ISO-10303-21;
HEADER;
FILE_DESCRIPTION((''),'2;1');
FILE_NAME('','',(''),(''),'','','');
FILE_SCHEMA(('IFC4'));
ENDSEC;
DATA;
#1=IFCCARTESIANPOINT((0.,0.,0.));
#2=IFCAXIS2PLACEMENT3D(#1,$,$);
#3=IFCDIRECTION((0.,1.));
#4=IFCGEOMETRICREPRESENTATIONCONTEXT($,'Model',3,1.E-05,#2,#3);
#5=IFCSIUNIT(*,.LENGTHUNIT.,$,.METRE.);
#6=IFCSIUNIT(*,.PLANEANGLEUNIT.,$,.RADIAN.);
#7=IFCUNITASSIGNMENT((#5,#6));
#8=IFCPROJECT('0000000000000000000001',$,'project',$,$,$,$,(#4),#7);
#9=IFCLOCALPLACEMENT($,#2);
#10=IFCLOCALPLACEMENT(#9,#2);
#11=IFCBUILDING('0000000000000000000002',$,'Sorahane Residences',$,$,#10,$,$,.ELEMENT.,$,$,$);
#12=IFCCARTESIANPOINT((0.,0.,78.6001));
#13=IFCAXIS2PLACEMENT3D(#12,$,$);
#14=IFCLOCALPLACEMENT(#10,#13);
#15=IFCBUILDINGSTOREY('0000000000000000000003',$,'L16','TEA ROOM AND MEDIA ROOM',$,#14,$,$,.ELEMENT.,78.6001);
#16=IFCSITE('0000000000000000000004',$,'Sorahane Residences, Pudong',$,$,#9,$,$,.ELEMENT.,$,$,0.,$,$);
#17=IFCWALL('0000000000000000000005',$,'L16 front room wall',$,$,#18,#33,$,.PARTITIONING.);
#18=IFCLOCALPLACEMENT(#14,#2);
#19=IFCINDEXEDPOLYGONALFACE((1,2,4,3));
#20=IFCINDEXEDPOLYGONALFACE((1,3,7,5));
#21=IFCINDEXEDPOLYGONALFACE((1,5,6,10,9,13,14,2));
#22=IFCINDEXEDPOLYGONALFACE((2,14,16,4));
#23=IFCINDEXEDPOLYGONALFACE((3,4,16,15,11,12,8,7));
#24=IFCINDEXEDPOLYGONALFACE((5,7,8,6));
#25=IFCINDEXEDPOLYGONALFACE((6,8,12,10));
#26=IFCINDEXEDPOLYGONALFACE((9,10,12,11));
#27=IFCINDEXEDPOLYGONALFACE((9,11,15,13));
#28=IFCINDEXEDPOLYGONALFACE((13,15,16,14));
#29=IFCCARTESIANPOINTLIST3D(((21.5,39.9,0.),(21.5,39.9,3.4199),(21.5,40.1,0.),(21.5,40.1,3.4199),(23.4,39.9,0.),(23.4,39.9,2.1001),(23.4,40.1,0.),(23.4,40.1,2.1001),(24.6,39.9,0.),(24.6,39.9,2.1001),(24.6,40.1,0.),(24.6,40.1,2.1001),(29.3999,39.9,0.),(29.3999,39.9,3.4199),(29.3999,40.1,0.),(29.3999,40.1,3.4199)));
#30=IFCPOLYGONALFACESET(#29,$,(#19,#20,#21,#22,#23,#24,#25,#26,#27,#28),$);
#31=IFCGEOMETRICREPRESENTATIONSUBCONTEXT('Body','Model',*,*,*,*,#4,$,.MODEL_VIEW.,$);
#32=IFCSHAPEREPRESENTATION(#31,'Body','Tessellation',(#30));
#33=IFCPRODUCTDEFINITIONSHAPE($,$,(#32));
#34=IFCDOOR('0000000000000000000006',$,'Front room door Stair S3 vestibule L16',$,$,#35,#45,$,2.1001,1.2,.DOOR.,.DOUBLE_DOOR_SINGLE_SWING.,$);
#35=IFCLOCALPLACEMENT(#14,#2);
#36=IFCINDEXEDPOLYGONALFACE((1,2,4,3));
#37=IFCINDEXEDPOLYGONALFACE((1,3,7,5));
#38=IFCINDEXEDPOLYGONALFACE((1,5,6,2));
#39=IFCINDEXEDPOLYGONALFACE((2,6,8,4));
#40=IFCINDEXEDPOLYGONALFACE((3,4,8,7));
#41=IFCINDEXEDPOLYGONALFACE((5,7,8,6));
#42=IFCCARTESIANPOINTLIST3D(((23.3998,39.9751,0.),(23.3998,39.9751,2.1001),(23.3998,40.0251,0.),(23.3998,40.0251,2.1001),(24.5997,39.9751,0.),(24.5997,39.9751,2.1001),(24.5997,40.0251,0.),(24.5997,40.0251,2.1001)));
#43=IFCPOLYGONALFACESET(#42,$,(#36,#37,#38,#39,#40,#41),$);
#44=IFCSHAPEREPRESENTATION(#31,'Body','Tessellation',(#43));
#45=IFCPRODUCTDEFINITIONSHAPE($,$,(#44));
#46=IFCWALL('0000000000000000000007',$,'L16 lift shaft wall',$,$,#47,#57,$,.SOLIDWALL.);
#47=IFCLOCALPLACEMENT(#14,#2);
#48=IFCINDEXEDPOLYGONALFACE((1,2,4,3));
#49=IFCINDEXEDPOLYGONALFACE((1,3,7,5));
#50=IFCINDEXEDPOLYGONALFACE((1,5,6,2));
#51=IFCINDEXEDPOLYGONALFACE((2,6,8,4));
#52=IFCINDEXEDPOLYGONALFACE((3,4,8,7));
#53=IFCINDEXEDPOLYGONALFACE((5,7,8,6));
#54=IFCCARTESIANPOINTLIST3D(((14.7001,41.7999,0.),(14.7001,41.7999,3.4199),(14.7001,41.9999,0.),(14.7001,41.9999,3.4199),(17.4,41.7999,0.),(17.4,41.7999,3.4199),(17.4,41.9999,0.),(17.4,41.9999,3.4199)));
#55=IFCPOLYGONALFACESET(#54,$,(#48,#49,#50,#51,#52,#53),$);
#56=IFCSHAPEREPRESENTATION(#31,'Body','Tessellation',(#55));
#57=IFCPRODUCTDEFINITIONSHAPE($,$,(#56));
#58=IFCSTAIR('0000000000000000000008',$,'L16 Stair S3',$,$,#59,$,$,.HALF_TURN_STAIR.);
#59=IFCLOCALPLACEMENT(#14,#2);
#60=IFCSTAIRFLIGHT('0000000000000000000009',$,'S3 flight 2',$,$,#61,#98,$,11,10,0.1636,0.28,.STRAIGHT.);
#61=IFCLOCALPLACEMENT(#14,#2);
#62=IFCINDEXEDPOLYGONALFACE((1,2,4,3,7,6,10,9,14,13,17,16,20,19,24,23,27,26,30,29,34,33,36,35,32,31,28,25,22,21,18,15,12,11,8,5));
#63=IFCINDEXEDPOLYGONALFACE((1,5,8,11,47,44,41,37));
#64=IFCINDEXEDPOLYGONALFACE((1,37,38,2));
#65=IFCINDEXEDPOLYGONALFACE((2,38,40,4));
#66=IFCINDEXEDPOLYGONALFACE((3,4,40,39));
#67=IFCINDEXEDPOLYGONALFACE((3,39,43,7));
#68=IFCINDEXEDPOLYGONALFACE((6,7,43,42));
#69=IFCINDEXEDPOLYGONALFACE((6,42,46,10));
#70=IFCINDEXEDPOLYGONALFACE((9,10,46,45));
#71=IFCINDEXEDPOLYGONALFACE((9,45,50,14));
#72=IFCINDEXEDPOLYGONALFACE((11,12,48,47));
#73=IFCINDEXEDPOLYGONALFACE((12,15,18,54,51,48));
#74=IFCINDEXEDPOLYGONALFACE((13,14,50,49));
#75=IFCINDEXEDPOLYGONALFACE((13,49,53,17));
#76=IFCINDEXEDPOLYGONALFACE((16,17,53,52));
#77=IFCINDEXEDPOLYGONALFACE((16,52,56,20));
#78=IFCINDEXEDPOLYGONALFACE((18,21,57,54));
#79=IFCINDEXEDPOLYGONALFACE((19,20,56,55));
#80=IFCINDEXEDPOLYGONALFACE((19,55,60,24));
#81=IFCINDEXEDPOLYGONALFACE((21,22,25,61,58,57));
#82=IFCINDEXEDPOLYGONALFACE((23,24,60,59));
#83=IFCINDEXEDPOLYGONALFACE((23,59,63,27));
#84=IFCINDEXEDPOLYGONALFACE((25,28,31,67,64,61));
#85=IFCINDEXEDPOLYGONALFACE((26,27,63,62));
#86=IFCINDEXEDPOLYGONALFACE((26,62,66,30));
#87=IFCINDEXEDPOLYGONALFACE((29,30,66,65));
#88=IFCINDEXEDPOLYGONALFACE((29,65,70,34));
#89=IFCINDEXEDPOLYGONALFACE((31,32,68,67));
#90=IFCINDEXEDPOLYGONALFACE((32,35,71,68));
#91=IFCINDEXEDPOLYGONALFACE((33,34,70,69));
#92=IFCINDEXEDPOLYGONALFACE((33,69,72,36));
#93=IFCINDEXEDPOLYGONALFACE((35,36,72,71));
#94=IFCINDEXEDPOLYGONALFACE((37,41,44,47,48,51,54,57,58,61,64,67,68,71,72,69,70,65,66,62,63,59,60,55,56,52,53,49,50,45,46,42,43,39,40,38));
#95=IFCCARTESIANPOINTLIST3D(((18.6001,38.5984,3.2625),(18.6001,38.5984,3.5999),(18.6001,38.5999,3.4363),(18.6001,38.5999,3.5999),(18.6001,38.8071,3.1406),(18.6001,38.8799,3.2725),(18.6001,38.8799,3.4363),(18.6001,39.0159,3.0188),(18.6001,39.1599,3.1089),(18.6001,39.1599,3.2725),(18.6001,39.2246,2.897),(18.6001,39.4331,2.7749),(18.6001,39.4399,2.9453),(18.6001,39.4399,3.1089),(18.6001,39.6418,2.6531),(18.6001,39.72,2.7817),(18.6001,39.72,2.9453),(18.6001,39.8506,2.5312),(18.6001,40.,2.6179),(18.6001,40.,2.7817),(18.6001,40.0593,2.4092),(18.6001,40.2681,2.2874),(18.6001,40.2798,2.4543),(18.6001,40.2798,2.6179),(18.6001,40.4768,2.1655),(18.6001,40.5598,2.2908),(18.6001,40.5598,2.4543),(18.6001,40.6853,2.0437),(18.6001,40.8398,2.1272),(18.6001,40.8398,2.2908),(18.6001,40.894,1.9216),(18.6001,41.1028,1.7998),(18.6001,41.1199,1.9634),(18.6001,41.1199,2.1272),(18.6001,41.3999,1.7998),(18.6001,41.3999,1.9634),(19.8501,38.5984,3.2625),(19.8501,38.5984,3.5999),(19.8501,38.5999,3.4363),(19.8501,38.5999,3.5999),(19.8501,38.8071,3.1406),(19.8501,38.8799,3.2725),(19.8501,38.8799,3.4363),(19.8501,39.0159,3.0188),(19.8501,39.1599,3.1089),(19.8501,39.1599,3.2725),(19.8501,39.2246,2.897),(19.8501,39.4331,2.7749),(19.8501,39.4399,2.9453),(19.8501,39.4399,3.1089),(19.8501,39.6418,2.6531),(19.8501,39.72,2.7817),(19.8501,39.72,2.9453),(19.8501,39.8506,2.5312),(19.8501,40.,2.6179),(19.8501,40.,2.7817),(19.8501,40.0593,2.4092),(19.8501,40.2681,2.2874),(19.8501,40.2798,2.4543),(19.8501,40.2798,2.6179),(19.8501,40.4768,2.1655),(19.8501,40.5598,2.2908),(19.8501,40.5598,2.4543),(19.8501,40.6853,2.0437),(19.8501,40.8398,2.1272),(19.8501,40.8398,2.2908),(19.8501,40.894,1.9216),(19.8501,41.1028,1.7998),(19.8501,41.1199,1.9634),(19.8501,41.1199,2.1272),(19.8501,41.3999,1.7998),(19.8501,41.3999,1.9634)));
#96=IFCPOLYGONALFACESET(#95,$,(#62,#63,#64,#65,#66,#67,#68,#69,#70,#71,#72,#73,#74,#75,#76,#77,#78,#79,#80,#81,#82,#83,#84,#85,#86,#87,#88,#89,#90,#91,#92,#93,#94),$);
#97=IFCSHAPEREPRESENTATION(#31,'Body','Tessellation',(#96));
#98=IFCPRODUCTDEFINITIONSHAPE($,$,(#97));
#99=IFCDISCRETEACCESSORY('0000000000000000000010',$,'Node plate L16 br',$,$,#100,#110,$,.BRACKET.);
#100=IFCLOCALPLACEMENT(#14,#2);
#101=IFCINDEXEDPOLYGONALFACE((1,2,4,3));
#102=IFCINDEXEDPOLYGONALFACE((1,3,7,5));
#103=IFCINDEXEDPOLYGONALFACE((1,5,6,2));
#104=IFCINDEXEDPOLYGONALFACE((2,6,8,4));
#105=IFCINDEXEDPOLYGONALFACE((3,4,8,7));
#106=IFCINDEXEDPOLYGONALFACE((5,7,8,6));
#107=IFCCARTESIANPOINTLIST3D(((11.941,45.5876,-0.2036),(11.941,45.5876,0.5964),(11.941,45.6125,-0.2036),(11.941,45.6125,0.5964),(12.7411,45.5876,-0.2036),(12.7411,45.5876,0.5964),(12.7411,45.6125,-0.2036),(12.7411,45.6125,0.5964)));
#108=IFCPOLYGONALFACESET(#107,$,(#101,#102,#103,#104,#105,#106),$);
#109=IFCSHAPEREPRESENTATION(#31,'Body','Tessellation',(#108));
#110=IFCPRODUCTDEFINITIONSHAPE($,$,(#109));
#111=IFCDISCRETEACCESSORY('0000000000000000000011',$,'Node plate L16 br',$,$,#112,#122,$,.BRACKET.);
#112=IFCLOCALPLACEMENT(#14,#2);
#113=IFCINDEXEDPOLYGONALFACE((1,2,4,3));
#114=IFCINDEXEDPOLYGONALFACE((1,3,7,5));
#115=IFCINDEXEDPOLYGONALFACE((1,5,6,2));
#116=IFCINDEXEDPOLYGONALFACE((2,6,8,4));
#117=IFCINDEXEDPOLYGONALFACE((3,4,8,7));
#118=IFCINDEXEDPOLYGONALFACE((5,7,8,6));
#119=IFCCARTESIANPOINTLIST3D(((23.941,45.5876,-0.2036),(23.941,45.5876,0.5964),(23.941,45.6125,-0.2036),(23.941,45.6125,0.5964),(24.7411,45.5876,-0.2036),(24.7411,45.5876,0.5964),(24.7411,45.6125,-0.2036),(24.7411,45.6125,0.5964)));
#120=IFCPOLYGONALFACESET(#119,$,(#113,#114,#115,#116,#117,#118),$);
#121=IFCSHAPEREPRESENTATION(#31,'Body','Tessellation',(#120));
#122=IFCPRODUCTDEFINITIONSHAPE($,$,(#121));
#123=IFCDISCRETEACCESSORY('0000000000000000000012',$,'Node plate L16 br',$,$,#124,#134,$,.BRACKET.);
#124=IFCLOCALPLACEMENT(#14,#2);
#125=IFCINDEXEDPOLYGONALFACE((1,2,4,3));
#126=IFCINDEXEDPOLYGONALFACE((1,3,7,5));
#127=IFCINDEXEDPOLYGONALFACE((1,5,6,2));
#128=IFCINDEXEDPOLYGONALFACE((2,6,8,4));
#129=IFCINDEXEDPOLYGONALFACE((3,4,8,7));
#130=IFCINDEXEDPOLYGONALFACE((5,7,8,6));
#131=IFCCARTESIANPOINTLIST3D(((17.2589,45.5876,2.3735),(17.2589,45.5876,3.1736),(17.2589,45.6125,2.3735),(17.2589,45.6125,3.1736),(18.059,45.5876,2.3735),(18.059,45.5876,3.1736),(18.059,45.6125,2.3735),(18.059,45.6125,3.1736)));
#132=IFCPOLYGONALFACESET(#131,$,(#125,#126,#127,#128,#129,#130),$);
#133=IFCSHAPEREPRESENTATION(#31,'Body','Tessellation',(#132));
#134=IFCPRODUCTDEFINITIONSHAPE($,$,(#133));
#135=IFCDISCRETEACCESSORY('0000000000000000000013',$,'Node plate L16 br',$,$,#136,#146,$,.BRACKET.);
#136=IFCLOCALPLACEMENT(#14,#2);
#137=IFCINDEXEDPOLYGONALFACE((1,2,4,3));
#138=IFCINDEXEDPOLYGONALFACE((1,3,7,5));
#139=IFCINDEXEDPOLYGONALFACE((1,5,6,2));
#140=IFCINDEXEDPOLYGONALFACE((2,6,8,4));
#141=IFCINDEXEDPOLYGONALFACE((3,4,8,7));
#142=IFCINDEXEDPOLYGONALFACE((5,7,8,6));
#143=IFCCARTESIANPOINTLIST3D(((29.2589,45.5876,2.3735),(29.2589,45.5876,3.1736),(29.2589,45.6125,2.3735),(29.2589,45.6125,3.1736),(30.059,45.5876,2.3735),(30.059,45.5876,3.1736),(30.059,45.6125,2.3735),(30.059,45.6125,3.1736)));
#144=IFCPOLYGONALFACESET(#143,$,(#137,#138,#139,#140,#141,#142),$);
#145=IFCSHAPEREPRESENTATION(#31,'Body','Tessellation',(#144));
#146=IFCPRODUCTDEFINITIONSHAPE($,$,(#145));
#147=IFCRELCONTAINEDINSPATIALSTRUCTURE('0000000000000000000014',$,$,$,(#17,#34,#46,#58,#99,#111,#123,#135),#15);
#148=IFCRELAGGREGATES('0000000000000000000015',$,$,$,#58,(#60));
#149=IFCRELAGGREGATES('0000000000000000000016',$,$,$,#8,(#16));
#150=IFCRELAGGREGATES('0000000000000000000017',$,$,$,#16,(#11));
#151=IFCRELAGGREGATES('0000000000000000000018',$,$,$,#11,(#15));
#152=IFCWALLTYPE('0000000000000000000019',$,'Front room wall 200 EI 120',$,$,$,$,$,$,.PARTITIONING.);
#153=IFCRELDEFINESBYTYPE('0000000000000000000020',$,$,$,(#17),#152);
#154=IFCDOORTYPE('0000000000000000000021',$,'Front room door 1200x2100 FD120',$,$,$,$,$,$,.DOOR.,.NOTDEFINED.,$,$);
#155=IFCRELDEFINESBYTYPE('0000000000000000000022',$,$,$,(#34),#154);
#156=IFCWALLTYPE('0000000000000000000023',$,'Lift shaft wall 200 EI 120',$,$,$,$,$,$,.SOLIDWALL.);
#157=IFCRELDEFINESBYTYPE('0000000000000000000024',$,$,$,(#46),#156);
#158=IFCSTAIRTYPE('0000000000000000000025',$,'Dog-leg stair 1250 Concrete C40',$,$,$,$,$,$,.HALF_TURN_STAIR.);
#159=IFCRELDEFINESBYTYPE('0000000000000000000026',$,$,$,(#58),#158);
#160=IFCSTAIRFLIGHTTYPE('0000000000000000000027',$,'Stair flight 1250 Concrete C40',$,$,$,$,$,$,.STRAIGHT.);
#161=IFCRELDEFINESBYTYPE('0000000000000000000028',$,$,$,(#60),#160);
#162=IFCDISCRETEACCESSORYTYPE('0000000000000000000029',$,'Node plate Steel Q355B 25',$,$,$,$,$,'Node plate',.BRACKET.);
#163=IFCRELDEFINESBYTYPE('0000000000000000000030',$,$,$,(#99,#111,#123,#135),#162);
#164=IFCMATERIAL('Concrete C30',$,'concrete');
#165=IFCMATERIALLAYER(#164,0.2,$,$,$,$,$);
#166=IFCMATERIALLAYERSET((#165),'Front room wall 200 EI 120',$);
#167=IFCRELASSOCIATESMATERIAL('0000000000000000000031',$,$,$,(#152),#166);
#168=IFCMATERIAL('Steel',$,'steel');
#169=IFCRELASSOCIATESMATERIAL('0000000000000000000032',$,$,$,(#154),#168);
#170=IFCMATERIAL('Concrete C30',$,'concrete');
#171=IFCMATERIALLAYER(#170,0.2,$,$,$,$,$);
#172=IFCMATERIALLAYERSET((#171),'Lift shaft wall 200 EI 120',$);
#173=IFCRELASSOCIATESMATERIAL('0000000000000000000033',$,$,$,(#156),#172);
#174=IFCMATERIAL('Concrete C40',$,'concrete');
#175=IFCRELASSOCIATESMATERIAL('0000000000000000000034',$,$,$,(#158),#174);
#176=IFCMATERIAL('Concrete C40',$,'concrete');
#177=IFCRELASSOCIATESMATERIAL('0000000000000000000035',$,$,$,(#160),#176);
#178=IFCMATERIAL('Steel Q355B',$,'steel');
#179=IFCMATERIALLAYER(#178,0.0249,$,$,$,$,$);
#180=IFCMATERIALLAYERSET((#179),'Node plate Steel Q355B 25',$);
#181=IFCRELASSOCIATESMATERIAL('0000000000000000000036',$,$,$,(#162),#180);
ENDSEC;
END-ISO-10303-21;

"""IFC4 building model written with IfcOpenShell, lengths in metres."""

from ifc_helpers import new_model, si_unit, direction, frame, frame_2d, origin, origin_2d, place, context, subcontext, project, spatial, polyline, rectangle, outline, extrude, material, layer, layer_set, type_object, element, fill, aggregate, save


model = new_model("IFC4")

# Units and contexts
model_context = context("Model", 3, precision=1e-05, world=origin(), true_north=direction((0.0, 1.0)))
body_context = subcontext(model_context, "Body", "Model", "MODEL_VIEW")
ifc_project = project(units=[si_unit("LENGTHUNIT", "METRE"), si_unit("PLANEANGLEUNIT", "RADIAN")], contexts=[model_context])

# Site, building, storey
site_placement = place(None, origin())
site = spatial("IfcSite", under=ifc_project, at=site_placement, Name="Sorahane Residences, Pudong", CompositionType="ELEMENT", RefElevation=0.0)
building_placement = place(site_placement, origin())
building = spatial("IfcBuilding", under=site, at=building_placement, Name="Sorahane Residences", CompositionType="ELEMENT")
storey_placement = place(building_placement, frame((0.0, 0.0, 78.6001)))
storey = spatial("IfcBuildingStorey", under=building, at=storey_placement, Name="L16", Description="TEA ROOM AND MEDIA ROOM", CompositionType="ELEMENT", Elevation=78.6001)

# Wall, opening, door
ifc_material_1 = material(Name="Concrete C30", Category="concrete")
ifc_layer_1 = layer(ifc_material_1, 0.2)
ifc_layer_set_1 = layer_set([ifc_layer_1], Name="Front room wall 200 EI 120")
wall_type_1 = type_object("IfcWallType", Name="Front room wall 200 EI 120", PredefinedType="PARTITIONING", material=ifc_layer_set_1)
wall_1_placement = place(storey_placement, frame((21.5, 40.0, 0.0), z_axis=(0.0, 0.0, 1.0), x_axis=(1.0, 0.0, 0.0)))
wall_1 = element("IfcWall", 1, at=wall_1_placement, inside=storey, type_object=wall_type_1, Name="L16 front room wall", PredefinedType="PARTITIONING", context=body_context, shape_type="SweptSolid", body=[
    extrude(rectangle(XDim=7.8999, YDim=0.2, at=frame_2d((3.95, 0.0))), origin(), (0.0, 0.0, 1.0), 3.4199),
])
opening_placement = place(wall_1_placement, frame((1.8999, 0.0, 0.0)))
opening = element("IfcOpeningElement", 2, at=opening_placement, cuts=wall_1, PredefinedType="OPENING", context=body_context, shape_type="SweptSolid", body=[
    extrude(rectangle(XDim=1.2, YDim=2.1001, at=frame_2d((0.6001, 1.05))), frame((0.0, 0.1099, 0.0), z_axis=(0.0, -1.0, 0.0), x_axis=(1.0, 0.0, 0.0)), (0.0, 0.0, 1.0), 0.22),
])
ifc_material_2 = material(Name="Steel", Category="steel")
door_type = type_object("IfcDoorType", Name="Front room door 1200x2100 FD120", OperationType="NOTDEFINED", PredefinedType="DOOR", material=ifc_material_2)
door_placement = place(opening_placement, frame((1.2, 0.0, 0.0), z_axis=(0.0, 0.0, 1.0), x_axis=(-1.0, 0.0, 0.0)))
door = element("IfcDoor", 3, at=door_placement, inside=storey, type_object=door_type, Name="Front room door Stair S3 vestibule L16", OperationType="DOUBLE_DOOR_SINGLE_SWING", OverallHeight=2.1001, OverallWidth=1.2, PredefinedType="DOOR", context=body_context, shape_type="SweptSolid", body=[
    extrude(rectangle(XDim=1.2, YDim=2.1001, at=frame_2d((0.6001, 1.05))), frame((0.0, 0.0249, 0.0), z_axis=(0.0, -1.0, 0.0), x_axis=(1.0, 0.0, 0.0)), (0.0, 0.0, 1.0), 0.05),
])
fill(opening, door)

# Wall
ifc_material_3 = material(Name="Concrete C30", Category="concrete")
ifc_layer_2 = layer(ifc_material_3, 0.2)
ifc_layer_set_2 = layer_set([ifc_layer_2], Name="Lift shaft wall 200 EI 120")
wall_type_2 = type_object("IfcWallType", Name="Lift shaft wall 200 EI 120", PredefinedType="SOLIDWALL", material=ifc_layer_set_2)
wall_2_placement = place(storey_placement, frame((14.7, 41.8999, 0.0), z_axis=(0.0, 0.0, 1.0), x_axis=(1.0, 0.0, 0.0)))
element("IfcWall", 4, at=wall_2_placement, inside=storey, type_object=wall_type_2, Name="L16 lift shaft wall", PredefinedType="SOLIDWALL", context=body_context, shape_type="SweptSolid", body=[
    extrude(rectangle(XDim=2.7, YDim=0.2, at=frame_2d((1.3501, 0.0))), origin(), (0.0, 0.0, 1.0), 3.4199),
])

# Stair, stair flight
ifc_material_4 = material(Name="Concrete C40", Category="concrete")
stair_type = type_object("IfcStairType", Name="Dog-leg stair 1250 Concrete C40", PredefinedType="HALF_TURN_STAIR", material=ifc_material_4)
stair_placement = place(storey_placement, origin())
stair = element("IfcStair", 5, at=stair_placement, inside=storey, type_object=stair_type, Name="L16 Stair S3", PredefinedType="HALF_TURN_STAIR")
ifc_material_5 = material(Name="Concrete C40", Category="concrete")
stair_flight_type = type_object("IfcStairFlightType", Name="Stair flight 1250 Concrete C40", PredefinedType="STRAIGHT", material=ifc_material_5)
stair_flight_placement = place(storey_placement, frame((19.2251, 41.3999, 1.7998), z_axis=(0.0, 0.0, 1.0), x_axis=(0.0, -1.0, 0.0)))
stair_flight = element("IfcStairFlight", 6, at=stair_flight_placement, type_object=stair_flight_type, Name="S3 flight 2", NumberOfRisers=11, NumberOfTreads=10, PredefinedType="STRAIGHT", RiserHeight=0.1636, TreadLength=0.28, context=body_context, shape_type="SweptSolid", body=[
    extrude(outline(polyline([(0.0, 0.0), (0.0, 0.1636), (0.28, 0.1636), (0.28, 0.3274), (0.5601, 0.3274), (0.5601, 0.491), (0.8401, 0.491), (0.8401, 0.6545), (1.1201, 0.6545), (1.1201, 0.8181), (1.3999, 0.8181), (1.3999, 0.9819), (1.6799, 0.9819), (1.6799, 1.1455), (1.96, 1.1455), (1.96, 1.3091), (2.24, 1.3091), (2.24, 1.4727), (2.52, 1.4727), (2.52, 1.6365), (2.8, 1.6365), (2.8, 1.8), (2.8015, 1.8), (2.8015, 1.4626), (2.5928, 1.3408), (2.384, 1.219), (2.1753, 1.0972), (1.9668, 0.9751), (1.7581, 0.8533), (1.5493, 0.7314), (1.3406, 0.6094), (1.1318, 0.4875), (0.9231, 0.3657), (0.7146, 0.2439), (0.5059, 0.1218), (0.2971, 0.0), (0.0, 0.0)])), frame((0.0, 0.625, 0.0), z_axis=(0.0, -1.0, 0.0), x_axis=(1.0, 0.0, 0.0)), (0.0, 0.0, 1.0), 1.25),
])
aggregate(stair, [stair_flight])

# Discrete accessories
ifc_material_6 = material(Name="Steel Q355B", Category="steel")
ifc_layer_3 = layer(ifc_material_6, 0.0249)
ifc_layer_set_3 = layer_set([ifc_layer_3], Name="Node plate Steel Q355B 25")
discrete_accessory_type = type_object("IfcDiscreteAccessoryType", Name="Node plate Steel Q355B 25", ElementType="Node plate", PredefinedType="BRACKET", material=ifc_layer_set_3)
for number, where, z_axis, x_axis, name in (
    (7, (12.3411, 45.6001, -0.2036), (0.0, 0.0, 1.0), (1.0, 0.0, 0.0), "Node plate L16 br"),
    (8, (24.3411, 45.6001, -0.2036), (0.0, 0.0, 1.0), (1.0, 0.0, 0.0), "Node plate L16 br"),
    (9, (17.6589, 45.6001, 2.3735), (0.0, 0.0, 1.0), (1.0, 0.0, 0.0), "Node plate L16 br"),
    (10, (29.6589, 45.6001, 2.3735), (0.0, 0.0, 1.0), (1.0, 0.0, 0.0), "Node plate L16 br"),
):
    element("IfcDiscreteAccessory", number, at=place(storey_placement, frame(where, z_axis=z_axis, x_axis=x_axis)), inside=storey, type_object=discrete_accessory_type, Name=name, PredefinedType="BRACKET", context=body_context, shape_type="SweptSolid", body=[
        extrude(rectangle(XDim=0.8, YDim=0.0249, at=origin_2d()), origin(), (0.0, 0.0, 1.0), 0.8),
    ])

save(model, "model.ifc")
